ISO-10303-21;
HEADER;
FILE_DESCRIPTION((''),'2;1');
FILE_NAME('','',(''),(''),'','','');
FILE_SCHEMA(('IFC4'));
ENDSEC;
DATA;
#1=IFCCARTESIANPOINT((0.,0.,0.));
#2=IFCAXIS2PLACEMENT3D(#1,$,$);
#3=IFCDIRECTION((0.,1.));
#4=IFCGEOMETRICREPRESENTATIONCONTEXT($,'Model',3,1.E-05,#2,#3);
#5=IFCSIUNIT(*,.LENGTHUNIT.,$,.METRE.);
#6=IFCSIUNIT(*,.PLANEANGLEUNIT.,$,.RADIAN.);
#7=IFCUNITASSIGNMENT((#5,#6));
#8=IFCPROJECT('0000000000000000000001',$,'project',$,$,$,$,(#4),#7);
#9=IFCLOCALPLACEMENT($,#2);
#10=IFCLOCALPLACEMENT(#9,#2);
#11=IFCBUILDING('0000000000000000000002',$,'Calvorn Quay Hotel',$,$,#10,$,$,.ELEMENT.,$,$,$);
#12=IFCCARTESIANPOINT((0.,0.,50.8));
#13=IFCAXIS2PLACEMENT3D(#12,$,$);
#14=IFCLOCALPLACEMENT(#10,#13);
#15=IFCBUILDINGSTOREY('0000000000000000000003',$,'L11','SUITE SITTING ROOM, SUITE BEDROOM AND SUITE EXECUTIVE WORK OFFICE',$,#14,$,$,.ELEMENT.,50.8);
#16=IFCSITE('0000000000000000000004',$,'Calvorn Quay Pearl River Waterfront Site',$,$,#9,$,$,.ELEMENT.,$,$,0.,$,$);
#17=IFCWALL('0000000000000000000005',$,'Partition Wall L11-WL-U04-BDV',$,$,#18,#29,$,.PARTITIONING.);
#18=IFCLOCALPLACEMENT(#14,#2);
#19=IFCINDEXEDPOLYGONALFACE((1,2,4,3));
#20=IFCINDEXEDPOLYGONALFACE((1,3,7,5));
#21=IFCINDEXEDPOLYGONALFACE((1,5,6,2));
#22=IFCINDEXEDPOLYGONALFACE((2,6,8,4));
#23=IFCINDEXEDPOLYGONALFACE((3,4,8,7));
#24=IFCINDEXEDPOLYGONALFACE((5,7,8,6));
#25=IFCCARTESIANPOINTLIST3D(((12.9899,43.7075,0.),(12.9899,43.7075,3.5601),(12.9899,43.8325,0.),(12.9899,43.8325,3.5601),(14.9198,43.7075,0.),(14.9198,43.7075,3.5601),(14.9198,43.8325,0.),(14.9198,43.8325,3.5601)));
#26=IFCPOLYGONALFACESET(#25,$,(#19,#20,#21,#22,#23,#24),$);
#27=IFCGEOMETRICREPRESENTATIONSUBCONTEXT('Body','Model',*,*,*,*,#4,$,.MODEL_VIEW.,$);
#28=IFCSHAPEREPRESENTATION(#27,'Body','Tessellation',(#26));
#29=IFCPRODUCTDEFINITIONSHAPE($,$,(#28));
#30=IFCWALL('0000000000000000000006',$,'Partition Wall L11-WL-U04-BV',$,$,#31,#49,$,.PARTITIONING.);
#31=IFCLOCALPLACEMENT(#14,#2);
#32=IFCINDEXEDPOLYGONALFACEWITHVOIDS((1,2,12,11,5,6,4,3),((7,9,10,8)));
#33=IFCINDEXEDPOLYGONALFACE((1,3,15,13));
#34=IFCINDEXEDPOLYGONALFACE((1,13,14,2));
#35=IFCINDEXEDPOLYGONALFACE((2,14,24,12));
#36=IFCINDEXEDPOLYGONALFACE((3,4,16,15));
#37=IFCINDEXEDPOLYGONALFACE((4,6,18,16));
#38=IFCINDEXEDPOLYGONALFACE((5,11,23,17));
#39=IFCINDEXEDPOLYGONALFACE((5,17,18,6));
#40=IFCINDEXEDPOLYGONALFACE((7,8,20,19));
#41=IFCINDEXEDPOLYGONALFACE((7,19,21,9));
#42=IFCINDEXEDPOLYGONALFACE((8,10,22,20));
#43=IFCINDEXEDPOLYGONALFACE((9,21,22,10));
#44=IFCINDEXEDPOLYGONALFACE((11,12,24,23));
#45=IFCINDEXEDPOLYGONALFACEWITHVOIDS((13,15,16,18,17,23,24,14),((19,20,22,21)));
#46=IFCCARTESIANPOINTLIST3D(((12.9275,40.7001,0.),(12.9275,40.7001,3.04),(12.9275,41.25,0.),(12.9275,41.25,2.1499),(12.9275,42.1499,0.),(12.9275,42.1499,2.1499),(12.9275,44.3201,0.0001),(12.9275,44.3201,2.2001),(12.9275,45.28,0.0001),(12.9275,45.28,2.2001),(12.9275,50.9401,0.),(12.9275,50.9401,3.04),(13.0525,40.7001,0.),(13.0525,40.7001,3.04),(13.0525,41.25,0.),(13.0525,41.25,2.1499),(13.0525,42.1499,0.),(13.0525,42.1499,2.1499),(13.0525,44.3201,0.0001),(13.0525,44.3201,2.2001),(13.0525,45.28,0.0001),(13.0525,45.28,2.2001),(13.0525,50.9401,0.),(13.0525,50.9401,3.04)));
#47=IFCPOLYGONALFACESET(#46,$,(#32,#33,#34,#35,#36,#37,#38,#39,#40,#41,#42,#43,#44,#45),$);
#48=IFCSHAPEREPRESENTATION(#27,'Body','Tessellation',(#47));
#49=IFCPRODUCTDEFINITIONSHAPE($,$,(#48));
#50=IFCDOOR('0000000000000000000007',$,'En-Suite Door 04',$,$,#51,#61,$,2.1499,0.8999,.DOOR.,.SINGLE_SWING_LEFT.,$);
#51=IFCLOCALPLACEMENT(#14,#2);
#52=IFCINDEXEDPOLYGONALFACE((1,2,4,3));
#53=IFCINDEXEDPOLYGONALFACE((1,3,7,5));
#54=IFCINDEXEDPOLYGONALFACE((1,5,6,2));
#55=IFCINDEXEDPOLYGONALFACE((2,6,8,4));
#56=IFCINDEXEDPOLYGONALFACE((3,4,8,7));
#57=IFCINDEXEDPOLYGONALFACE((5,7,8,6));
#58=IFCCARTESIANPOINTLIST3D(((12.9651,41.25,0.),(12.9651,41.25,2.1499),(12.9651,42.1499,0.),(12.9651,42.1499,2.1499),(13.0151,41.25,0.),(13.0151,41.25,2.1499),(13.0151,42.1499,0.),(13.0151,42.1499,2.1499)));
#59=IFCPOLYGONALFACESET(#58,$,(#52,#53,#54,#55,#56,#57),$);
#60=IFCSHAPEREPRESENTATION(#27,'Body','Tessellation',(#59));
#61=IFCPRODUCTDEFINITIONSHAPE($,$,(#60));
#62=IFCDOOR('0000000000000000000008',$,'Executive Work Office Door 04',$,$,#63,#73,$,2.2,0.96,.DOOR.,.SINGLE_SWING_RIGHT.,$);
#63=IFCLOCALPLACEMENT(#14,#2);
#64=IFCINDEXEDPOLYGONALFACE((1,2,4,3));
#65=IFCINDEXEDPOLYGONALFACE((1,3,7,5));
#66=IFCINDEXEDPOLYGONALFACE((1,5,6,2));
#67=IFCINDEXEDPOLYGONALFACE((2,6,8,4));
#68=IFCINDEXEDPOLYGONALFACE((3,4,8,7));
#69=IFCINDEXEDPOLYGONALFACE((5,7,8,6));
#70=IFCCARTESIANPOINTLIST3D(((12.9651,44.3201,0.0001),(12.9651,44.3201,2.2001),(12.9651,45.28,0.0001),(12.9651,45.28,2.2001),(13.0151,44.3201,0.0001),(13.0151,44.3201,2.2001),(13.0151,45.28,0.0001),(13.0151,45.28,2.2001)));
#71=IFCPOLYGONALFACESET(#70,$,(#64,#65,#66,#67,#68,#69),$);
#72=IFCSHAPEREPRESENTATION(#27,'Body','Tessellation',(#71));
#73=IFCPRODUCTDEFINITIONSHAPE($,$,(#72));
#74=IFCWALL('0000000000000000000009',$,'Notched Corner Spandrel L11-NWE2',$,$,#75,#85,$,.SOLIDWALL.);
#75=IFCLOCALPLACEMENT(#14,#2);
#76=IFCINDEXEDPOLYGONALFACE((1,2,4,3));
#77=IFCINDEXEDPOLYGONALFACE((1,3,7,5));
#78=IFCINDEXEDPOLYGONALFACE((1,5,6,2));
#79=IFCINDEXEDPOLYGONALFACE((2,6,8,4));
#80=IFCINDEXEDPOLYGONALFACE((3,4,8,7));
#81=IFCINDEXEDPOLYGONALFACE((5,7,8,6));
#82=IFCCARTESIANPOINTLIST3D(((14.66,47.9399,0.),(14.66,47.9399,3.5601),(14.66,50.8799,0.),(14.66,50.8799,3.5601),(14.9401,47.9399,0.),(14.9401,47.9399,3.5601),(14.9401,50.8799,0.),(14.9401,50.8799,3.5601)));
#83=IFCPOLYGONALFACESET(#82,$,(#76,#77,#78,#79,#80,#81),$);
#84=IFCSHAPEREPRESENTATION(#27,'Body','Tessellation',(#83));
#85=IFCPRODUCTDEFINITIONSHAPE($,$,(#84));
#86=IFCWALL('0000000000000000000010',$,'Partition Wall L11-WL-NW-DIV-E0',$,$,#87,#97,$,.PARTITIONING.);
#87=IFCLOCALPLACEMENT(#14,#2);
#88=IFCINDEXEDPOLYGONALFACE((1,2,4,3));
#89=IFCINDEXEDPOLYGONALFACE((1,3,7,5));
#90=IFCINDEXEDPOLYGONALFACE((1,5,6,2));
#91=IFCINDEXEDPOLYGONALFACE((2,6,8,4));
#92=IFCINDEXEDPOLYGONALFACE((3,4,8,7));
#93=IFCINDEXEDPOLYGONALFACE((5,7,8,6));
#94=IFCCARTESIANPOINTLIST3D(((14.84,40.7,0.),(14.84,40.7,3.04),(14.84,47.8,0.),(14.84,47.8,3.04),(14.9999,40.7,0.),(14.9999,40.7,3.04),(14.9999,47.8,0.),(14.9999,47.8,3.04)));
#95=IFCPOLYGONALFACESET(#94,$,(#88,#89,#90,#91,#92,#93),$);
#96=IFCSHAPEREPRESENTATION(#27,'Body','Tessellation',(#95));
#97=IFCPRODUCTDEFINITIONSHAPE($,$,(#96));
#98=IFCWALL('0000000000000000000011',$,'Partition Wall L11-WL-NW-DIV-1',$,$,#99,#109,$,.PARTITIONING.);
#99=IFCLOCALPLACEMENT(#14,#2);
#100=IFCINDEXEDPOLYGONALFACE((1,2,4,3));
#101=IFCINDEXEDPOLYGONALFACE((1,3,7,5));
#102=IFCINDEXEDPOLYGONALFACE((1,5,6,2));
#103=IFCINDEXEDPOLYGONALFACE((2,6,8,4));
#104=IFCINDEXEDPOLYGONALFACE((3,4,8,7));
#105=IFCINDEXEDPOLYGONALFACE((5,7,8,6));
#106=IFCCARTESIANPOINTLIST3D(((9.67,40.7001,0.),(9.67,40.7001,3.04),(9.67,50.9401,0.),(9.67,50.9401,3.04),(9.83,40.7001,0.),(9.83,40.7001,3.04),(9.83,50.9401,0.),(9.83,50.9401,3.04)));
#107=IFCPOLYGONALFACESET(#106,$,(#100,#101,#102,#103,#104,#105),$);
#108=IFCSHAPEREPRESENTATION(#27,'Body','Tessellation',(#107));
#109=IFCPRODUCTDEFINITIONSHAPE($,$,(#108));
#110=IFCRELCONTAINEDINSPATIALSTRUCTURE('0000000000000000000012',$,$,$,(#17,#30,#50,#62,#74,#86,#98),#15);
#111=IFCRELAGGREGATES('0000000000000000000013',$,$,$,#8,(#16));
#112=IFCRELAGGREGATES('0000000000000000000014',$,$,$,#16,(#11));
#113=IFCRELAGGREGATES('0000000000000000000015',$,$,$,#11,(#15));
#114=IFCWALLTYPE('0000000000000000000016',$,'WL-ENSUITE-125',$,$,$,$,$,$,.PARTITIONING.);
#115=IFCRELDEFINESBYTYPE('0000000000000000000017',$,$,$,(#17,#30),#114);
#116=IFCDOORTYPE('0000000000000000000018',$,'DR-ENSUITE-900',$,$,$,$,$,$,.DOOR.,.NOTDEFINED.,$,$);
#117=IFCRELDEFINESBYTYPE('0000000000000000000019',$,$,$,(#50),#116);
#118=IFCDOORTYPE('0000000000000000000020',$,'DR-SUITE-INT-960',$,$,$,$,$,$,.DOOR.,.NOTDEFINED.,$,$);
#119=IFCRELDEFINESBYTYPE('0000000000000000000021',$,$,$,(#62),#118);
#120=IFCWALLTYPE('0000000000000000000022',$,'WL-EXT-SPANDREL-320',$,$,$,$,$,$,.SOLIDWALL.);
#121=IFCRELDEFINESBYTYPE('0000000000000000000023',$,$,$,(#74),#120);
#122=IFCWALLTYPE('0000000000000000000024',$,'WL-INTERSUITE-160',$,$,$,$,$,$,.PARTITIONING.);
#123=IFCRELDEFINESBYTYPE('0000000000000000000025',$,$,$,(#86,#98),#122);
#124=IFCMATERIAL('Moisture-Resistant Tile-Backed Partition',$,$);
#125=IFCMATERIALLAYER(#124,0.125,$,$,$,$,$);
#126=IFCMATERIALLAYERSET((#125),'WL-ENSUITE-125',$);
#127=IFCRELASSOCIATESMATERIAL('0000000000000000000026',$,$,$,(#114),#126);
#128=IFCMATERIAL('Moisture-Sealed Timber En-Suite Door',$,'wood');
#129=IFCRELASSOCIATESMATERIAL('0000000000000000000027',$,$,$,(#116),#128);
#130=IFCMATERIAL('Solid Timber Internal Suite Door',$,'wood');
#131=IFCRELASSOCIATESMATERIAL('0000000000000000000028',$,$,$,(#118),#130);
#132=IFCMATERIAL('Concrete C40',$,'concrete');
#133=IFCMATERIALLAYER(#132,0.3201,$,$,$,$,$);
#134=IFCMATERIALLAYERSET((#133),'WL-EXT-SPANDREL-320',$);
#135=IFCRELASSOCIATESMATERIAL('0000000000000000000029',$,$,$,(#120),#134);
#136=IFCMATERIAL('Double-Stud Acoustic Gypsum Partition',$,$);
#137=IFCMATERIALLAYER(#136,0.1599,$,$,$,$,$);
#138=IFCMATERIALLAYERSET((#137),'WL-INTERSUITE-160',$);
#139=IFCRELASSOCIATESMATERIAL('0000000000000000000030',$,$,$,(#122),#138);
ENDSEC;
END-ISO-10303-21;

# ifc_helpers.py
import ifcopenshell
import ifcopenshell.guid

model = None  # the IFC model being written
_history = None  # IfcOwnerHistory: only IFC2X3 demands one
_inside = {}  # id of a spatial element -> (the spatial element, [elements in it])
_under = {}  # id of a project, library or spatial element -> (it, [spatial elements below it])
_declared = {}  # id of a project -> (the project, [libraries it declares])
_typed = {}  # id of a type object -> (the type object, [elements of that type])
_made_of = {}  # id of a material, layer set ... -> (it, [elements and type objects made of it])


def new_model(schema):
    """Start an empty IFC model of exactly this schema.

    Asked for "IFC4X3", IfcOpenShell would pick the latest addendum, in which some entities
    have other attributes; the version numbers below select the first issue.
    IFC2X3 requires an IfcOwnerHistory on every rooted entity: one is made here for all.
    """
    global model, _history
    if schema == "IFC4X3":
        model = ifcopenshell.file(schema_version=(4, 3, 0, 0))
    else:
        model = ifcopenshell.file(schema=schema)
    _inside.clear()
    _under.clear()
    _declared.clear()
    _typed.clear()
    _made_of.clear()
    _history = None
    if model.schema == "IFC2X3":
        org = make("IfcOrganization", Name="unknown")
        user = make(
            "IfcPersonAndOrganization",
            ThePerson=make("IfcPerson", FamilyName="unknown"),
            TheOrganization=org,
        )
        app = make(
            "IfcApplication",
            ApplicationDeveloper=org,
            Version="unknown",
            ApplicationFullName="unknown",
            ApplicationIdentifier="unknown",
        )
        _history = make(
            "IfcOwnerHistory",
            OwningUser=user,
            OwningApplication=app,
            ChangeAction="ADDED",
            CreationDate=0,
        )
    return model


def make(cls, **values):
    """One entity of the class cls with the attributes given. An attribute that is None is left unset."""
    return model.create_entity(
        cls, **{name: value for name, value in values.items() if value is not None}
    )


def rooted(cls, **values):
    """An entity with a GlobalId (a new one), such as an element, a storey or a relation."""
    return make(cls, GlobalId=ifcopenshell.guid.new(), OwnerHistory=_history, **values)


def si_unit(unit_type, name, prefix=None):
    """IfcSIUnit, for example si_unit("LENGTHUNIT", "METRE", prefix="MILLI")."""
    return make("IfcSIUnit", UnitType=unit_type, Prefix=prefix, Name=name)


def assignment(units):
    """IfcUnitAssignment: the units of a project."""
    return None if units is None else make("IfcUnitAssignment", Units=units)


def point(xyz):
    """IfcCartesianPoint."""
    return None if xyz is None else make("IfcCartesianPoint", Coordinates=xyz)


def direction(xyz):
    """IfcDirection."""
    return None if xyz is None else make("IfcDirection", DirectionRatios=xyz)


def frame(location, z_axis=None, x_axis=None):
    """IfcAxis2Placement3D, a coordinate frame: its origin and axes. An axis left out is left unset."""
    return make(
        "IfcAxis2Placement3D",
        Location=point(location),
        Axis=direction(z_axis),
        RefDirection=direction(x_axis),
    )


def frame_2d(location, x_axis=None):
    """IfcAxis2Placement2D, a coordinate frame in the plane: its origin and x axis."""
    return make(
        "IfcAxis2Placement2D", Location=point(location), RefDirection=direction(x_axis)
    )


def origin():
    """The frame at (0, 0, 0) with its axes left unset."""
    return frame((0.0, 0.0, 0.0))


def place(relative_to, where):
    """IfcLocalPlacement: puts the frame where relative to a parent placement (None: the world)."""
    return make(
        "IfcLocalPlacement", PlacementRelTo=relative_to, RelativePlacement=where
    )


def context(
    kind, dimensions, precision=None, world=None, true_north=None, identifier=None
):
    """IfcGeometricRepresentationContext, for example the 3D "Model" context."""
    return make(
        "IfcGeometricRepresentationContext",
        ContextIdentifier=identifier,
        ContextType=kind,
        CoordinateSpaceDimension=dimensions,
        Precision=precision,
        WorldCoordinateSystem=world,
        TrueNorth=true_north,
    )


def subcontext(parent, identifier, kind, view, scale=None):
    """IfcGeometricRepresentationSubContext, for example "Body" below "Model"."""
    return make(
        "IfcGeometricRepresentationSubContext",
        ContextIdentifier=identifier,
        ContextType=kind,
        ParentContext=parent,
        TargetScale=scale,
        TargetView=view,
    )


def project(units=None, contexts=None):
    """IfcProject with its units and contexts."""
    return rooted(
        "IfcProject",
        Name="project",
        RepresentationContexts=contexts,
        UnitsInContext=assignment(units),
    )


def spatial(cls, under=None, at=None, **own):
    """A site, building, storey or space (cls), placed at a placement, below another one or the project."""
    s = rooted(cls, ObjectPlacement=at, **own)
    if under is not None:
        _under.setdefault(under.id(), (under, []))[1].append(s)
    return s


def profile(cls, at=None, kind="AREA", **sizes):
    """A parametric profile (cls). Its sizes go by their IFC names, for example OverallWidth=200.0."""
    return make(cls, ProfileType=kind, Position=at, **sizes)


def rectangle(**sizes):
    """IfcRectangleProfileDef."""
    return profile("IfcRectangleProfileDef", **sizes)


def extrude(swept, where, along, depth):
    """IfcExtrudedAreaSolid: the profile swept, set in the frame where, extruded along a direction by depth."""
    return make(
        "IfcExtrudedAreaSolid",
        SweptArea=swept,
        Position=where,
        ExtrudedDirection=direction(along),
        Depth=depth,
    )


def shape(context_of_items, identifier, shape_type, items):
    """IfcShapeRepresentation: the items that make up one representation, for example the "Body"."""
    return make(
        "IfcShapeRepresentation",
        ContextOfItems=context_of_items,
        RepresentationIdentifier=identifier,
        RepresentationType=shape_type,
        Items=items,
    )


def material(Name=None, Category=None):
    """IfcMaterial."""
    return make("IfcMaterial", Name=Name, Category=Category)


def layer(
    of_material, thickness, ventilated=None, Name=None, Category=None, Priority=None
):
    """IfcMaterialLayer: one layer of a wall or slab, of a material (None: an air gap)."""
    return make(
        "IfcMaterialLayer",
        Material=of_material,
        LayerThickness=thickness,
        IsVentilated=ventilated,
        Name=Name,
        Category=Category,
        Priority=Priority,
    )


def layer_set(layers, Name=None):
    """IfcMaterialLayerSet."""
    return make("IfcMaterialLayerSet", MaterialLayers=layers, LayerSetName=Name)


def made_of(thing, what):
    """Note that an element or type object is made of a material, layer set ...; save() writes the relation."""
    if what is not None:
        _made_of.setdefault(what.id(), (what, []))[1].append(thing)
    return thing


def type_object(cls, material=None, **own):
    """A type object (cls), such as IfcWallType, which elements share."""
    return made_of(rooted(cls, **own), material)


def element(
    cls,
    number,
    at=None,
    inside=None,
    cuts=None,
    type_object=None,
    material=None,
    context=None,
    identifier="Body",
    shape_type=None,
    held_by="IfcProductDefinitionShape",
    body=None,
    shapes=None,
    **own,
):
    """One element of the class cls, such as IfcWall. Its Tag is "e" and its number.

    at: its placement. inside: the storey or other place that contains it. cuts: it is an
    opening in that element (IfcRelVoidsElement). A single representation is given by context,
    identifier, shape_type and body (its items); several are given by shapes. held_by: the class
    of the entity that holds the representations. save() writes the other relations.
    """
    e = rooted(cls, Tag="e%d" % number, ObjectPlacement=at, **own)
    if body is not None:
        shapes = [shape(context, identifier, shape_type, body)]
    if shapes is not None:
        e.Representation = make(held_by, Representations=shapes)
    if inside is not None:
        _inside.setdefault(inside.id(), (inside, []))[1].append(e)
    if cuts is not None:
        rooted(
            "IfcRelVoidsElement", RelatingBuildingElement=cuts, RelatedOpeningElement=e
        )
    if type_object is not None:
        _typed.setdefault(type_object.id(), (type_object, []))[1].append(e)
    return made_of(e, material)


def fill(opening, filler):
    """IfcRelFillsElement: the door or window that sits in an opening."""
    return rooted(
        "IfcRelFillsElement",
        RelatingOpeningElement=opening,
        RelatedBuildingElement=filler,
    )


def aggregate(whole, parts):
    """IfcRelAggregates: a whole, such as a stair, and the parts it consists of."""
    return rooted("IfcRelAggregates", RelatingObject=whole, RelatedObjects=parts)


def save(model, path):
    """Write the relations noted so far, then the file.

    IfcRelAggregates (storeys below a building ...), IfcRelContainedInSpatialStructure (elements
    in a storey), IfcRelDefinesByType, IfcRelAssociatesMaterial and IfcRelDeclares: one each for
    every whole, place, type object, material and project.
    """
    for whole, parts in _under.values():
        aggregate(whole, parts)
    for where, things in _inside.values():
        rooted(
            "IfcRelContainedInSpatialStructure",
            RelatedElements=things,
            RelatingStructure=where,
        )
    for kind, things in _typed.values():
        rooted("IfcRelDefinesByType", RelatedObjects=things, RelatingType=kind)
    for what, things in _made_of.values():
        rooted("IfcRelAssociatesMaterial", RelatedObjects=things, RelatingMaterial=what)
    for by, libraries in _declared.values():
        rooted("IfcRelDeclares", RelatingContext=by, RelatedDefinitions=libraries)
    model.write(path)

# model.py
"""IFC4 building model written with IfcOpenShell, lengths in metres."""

from ifc_helpers import new_model, si_unit, direction, frame, frame_2d, origin, place, context, subcontext, project, spatial, rectangle, extrude, material, layer, layer_set, type_object, element, fill, save


model = new_model("IFC4")

# Units and contexts
model_context = context("Model", 3, precision=1e-05, world=origin(), true_north=direction((0.0, 1.0)))
body_context = subcontext(model_context, "Body", "Model", "MODEL_VIEW")
ifc_project = project(units=[si_unit("LENGTHUNIT", "METRE"), si_unit("PLANEANGLEUNIT", "RADIAN")], contexts=[model_context])

# Site, building, storey
site_placement = place(None, origin())
site = spatial("IfcSite", under=ifc_project, at=site_placement, Name="Calvorn Quay Pearl River Waterfront Site", CompositionType="ELEMENT", RefElevation=0.0)
building_placement = place(site_placement, origin())
building = spatial("IfcBuilding", under=site, at=building_placement, Name="Calvorn Quay Hotel", CompositionType="ELEMENT")
storey_placement = place(building_placement, frame((0.0, 0.0, 50.8)))
storey = spatial("IfcBuildingStorey", under=building, at=storey_placement, Name="L11", Description="SUITE SITTING ROOM, SUITE BEDROOM AND SUITE EXECUTIVE WORK OFFICE", CompositionType="ELEMENT", Elevation=50.8)

# Shared definitions
ifc_material_1 = material(Name="Moisture-Resistant Tile-Backed Partition")
ifc_layer_1 = layer(ifc_material_1, 0.125)
ifc_layer_set_1 = layer_set([ifc_layer_1], Name="WL-ENSUITE-125")
wall_type_1 = type_object("IfcWallType", Name="WL-ENSUITE-125", PredefinedType="PARTITIONING", material=ifc_layer_set_1)

# Shared definitions
ifc_material_2 = material(Name="Moisture-Sealed Timber En-Suite Door", Category="wood")
door_type_1 = type_object("IfcDoorType", Name="DR-ENSUITE-900", OperationType="NOTDEFINED", PredefinedType="DOOR", material=ifc_material_2)
ifc_material_3 = material(Name="Solid Timber Internal Suite Door", Category="wood")
door_type_2 = type_object("IfcDoorType", Name="DR-SUITE-INT-960", OperationType="NOTDEFINED", PredefinedType="DOOR", material=ifc_material_3)

# Wall
wall_1_placement = place(storey_placement, frame((12.99, 43.77, 0.0), z_axis=(0.0, 0.0, 1.0), x_axis=(1.0, 0.0, 0.0)))
element("IfcWall", 1, at=wall_1_placement, inside=storey, type_object=wall_type_1, Name="Partition Wall L11-WL-U04-BDV", PredefinedType="PARTITIONING", context=body_context, shape_type="SweptSolid", body=[
    extrude(rectangle(XDim=1.9299, YDim=0.125, at=frame_2d((0.9648, 0.0))), origin(), (0.0, 0.0, 1.0), 3.5601),
])

# Wall, openings, doors
wall_2_placement = place(storey_placement, frame((12.99, 40.7, 0.0), z_axis=(0.0, 0.0, 1.0), x_axis=(0.0, 1.0, 0.0)))
wall_2 = element("IfcWall", 2, at=wall_2_placement, inside=storey, type_object=wall_type_1, Name="Partition Wall L11-WL-U04-BV", PredefinedType="PARTITIONING", context=body_context, shape_type="SweptSolid", body=[
    extrude(rectangle(XDim=10.24, YDim=0.125, at=frame_2d((5.1201, 0.0))), origin(), (0.0, 0.0, 1.0), 3.04),
])
opening_1_placement = place(wall_2_placement, frame((0.55, 0.0, 0.0)))
opening_1 = element("IfcOpeningElement", 3, at=opening_1_placement, cuts=wall_2, PredefinedType="OPENING", context=body_context, shape_type="SweptSolid", body=[
    extrude(rectangle(XDim=0.8999, YDim=2.1499, at=frame_2d((0.45, 1.075))), frame((0.0, 0.0725, 0.0), z_axis=(0.0, -1.0, 0.0), x_axis=(1.0, 0.0, 0.0)), (0.0, 0.0, 1.0), 0.145),
])
opening_2_placement = place(wall_2_placement, frame((3.6201, 0.0, 0.0)))
opening_2 = element("IfcOpeningElement", 4, at=opening_2_placement, cuts=wall_2, PredefinedType="OPENING", context=body_context, shape_type="SweptSolid", body=[
    extrude(rectangle(XDim=0.96, YDim=2.2, at=frame_2d((0.48, 1.1001))), frame((0.0, 0.0725, 0.0), z_axis=(0.0, -1.0, 0.0), x_axis=(1.0, 0.0, 0.0)), (0.0, 0.0, 1.0), 0.145),
])
door_1_placement = place(opening_1_placement, origin())
door_1 = element("IfcDoor", 5, at=door_1_placement, inside=storey, type_object=door_type_1, Name="En-Suite Door 04", OperationType="SINGLE_SWING_LEFT", OverallHeight=2.1499, OverallWidth=0.8999, PredefinedType="DOOR", context=body_context, shape_type="SweptSolid", body=[
    extrude(rectangle(XDim=0.8999, YDim=2.1499, at=frame_2d((0.45, 1.075))), frame((0.0, 0.0249, 0.0), z_axis=(0.0, -1.0, 0.0), x_axis=(1.0, 0.0, 0.0)), (0.0, 0.0, 1.0), 0.05),
])
fill(opening_1, door_1)
door_2_placement = place(opening_2_placement, origin())
door_2 = element("IfcDoor", 6, at=door_2_placement, inside=storey, type_object=door_type_2, Name="Executive Work Office Door 04", OperationType="SINGLE_SWING_RIGHT", OverallHeight=2.2, OverallWidth=0.96, PredefinedType="DOOR", context=body_context, shape_type="SweptSolid", body=[
    extrude(rectangle(XDim=0.96, YDim=2.2, at=frame_2d((0.48, 1.1001))), frame((0.0, 0.0249, 0.0), z_axis=(0.0, -1.0, 0.0), x_axis=(1.0, 0.0, 0.0)), (0.0, 0.0, 1.0), 0.05),
])
fill(opening_2, door_2)

# Walls
ifc_material_4 = material(Name="Concrete C40", Category="concrete")
ifc_layer_2 = layer(ifc_material_4, 0.3201)
ifc_layer_set_2 = layer_set([ifc_layer_2], Name="WL-EXT-SPANDREL-320")
wall_type_2 = type_object("IfcWallType", Name="WL-EXT-SPANDREL-320", PredefinedType="SOLIDWALL", material=ifc_layer_set_2)
wall_3_placement = place(storey_placement, frame((14.8, 47.9399, 0.0), z_axis=(0.0, 0.0, 1.0), x_axis=(0.0, 1.0, 0.0)))
element("IfcWall", 7, at=wall_3_placement, inside=storey, type_object=wall_type_2, Name="Notched Corner Spandrel L11-NWE2", PredefinedType="SOLIDWALL", context=body_context, shape_type="SweptSolid", body=[
    extrude(rectangle(XDim=2.9399, YDim=0.28, at=frame_2d((1.47, 0.0))), origin(), (0.0, 0.0, 1.0), 3.5601),
])
ifc_material_5 = material(Name="Double-Stud Acoustic Gypsum Partition")
ifc_layer_3 = layer(ifc_material_5, 0.1599)
ifc_layer_set_3 = layer_set([ifc_layer_3], Name="WL-INTERSUITE-160")
wall_type_3 = type_object("IfcWallType", Name="WL-INTERSUITE-160", PredefinedType="PARTITIONING", material=ifc_layer_set_3)
wall_4_placement = place(storey_placement, frame((14.9199, 40.7, 0.0), z_axis=(0.0, 0.0, 1.0), x_axis=(0.0, 1.0, 0.0)))
element("IfcWall", 8, at=wall_4_placement, inside=storey, type_object=wall_type_3, Name="Partition Wall L11-WL-NW-DIV-E0", PredefinedType="PARTITIONING", context=body_context, shape_type="SweptSolid", body=[
    extrude(rectangle(XDim=7.1001, YDim=0.1599, at=frame_2d((3.55, 0.0))), origin(), (0.0, 0.0, 1.0), 3.04),
])
wall_5_placement = place(storey_placement, frame((9.75, 40.7, 0.0), z_axis=(0.0, 0.0, 1.0), x_axis=(0.0, 1.0, 0.0)))
element("IfcWall", 9, at=wall_5_placement, inside=storey, type_object=wall_type_3, Name="Partition Wall L11-WL-NW-DIV-1", PredefinedType="PARTITIONING", context=body_context, shape_type="SweptSolid", body=[
    extrude(rectangle(XDim=10.24, YDim=0.1599, at=frame_2d((5.1201, 0.0))), origin(), (0.0, 0.0, 1.0), 3.04),
])

save(model, "model.ifc")
